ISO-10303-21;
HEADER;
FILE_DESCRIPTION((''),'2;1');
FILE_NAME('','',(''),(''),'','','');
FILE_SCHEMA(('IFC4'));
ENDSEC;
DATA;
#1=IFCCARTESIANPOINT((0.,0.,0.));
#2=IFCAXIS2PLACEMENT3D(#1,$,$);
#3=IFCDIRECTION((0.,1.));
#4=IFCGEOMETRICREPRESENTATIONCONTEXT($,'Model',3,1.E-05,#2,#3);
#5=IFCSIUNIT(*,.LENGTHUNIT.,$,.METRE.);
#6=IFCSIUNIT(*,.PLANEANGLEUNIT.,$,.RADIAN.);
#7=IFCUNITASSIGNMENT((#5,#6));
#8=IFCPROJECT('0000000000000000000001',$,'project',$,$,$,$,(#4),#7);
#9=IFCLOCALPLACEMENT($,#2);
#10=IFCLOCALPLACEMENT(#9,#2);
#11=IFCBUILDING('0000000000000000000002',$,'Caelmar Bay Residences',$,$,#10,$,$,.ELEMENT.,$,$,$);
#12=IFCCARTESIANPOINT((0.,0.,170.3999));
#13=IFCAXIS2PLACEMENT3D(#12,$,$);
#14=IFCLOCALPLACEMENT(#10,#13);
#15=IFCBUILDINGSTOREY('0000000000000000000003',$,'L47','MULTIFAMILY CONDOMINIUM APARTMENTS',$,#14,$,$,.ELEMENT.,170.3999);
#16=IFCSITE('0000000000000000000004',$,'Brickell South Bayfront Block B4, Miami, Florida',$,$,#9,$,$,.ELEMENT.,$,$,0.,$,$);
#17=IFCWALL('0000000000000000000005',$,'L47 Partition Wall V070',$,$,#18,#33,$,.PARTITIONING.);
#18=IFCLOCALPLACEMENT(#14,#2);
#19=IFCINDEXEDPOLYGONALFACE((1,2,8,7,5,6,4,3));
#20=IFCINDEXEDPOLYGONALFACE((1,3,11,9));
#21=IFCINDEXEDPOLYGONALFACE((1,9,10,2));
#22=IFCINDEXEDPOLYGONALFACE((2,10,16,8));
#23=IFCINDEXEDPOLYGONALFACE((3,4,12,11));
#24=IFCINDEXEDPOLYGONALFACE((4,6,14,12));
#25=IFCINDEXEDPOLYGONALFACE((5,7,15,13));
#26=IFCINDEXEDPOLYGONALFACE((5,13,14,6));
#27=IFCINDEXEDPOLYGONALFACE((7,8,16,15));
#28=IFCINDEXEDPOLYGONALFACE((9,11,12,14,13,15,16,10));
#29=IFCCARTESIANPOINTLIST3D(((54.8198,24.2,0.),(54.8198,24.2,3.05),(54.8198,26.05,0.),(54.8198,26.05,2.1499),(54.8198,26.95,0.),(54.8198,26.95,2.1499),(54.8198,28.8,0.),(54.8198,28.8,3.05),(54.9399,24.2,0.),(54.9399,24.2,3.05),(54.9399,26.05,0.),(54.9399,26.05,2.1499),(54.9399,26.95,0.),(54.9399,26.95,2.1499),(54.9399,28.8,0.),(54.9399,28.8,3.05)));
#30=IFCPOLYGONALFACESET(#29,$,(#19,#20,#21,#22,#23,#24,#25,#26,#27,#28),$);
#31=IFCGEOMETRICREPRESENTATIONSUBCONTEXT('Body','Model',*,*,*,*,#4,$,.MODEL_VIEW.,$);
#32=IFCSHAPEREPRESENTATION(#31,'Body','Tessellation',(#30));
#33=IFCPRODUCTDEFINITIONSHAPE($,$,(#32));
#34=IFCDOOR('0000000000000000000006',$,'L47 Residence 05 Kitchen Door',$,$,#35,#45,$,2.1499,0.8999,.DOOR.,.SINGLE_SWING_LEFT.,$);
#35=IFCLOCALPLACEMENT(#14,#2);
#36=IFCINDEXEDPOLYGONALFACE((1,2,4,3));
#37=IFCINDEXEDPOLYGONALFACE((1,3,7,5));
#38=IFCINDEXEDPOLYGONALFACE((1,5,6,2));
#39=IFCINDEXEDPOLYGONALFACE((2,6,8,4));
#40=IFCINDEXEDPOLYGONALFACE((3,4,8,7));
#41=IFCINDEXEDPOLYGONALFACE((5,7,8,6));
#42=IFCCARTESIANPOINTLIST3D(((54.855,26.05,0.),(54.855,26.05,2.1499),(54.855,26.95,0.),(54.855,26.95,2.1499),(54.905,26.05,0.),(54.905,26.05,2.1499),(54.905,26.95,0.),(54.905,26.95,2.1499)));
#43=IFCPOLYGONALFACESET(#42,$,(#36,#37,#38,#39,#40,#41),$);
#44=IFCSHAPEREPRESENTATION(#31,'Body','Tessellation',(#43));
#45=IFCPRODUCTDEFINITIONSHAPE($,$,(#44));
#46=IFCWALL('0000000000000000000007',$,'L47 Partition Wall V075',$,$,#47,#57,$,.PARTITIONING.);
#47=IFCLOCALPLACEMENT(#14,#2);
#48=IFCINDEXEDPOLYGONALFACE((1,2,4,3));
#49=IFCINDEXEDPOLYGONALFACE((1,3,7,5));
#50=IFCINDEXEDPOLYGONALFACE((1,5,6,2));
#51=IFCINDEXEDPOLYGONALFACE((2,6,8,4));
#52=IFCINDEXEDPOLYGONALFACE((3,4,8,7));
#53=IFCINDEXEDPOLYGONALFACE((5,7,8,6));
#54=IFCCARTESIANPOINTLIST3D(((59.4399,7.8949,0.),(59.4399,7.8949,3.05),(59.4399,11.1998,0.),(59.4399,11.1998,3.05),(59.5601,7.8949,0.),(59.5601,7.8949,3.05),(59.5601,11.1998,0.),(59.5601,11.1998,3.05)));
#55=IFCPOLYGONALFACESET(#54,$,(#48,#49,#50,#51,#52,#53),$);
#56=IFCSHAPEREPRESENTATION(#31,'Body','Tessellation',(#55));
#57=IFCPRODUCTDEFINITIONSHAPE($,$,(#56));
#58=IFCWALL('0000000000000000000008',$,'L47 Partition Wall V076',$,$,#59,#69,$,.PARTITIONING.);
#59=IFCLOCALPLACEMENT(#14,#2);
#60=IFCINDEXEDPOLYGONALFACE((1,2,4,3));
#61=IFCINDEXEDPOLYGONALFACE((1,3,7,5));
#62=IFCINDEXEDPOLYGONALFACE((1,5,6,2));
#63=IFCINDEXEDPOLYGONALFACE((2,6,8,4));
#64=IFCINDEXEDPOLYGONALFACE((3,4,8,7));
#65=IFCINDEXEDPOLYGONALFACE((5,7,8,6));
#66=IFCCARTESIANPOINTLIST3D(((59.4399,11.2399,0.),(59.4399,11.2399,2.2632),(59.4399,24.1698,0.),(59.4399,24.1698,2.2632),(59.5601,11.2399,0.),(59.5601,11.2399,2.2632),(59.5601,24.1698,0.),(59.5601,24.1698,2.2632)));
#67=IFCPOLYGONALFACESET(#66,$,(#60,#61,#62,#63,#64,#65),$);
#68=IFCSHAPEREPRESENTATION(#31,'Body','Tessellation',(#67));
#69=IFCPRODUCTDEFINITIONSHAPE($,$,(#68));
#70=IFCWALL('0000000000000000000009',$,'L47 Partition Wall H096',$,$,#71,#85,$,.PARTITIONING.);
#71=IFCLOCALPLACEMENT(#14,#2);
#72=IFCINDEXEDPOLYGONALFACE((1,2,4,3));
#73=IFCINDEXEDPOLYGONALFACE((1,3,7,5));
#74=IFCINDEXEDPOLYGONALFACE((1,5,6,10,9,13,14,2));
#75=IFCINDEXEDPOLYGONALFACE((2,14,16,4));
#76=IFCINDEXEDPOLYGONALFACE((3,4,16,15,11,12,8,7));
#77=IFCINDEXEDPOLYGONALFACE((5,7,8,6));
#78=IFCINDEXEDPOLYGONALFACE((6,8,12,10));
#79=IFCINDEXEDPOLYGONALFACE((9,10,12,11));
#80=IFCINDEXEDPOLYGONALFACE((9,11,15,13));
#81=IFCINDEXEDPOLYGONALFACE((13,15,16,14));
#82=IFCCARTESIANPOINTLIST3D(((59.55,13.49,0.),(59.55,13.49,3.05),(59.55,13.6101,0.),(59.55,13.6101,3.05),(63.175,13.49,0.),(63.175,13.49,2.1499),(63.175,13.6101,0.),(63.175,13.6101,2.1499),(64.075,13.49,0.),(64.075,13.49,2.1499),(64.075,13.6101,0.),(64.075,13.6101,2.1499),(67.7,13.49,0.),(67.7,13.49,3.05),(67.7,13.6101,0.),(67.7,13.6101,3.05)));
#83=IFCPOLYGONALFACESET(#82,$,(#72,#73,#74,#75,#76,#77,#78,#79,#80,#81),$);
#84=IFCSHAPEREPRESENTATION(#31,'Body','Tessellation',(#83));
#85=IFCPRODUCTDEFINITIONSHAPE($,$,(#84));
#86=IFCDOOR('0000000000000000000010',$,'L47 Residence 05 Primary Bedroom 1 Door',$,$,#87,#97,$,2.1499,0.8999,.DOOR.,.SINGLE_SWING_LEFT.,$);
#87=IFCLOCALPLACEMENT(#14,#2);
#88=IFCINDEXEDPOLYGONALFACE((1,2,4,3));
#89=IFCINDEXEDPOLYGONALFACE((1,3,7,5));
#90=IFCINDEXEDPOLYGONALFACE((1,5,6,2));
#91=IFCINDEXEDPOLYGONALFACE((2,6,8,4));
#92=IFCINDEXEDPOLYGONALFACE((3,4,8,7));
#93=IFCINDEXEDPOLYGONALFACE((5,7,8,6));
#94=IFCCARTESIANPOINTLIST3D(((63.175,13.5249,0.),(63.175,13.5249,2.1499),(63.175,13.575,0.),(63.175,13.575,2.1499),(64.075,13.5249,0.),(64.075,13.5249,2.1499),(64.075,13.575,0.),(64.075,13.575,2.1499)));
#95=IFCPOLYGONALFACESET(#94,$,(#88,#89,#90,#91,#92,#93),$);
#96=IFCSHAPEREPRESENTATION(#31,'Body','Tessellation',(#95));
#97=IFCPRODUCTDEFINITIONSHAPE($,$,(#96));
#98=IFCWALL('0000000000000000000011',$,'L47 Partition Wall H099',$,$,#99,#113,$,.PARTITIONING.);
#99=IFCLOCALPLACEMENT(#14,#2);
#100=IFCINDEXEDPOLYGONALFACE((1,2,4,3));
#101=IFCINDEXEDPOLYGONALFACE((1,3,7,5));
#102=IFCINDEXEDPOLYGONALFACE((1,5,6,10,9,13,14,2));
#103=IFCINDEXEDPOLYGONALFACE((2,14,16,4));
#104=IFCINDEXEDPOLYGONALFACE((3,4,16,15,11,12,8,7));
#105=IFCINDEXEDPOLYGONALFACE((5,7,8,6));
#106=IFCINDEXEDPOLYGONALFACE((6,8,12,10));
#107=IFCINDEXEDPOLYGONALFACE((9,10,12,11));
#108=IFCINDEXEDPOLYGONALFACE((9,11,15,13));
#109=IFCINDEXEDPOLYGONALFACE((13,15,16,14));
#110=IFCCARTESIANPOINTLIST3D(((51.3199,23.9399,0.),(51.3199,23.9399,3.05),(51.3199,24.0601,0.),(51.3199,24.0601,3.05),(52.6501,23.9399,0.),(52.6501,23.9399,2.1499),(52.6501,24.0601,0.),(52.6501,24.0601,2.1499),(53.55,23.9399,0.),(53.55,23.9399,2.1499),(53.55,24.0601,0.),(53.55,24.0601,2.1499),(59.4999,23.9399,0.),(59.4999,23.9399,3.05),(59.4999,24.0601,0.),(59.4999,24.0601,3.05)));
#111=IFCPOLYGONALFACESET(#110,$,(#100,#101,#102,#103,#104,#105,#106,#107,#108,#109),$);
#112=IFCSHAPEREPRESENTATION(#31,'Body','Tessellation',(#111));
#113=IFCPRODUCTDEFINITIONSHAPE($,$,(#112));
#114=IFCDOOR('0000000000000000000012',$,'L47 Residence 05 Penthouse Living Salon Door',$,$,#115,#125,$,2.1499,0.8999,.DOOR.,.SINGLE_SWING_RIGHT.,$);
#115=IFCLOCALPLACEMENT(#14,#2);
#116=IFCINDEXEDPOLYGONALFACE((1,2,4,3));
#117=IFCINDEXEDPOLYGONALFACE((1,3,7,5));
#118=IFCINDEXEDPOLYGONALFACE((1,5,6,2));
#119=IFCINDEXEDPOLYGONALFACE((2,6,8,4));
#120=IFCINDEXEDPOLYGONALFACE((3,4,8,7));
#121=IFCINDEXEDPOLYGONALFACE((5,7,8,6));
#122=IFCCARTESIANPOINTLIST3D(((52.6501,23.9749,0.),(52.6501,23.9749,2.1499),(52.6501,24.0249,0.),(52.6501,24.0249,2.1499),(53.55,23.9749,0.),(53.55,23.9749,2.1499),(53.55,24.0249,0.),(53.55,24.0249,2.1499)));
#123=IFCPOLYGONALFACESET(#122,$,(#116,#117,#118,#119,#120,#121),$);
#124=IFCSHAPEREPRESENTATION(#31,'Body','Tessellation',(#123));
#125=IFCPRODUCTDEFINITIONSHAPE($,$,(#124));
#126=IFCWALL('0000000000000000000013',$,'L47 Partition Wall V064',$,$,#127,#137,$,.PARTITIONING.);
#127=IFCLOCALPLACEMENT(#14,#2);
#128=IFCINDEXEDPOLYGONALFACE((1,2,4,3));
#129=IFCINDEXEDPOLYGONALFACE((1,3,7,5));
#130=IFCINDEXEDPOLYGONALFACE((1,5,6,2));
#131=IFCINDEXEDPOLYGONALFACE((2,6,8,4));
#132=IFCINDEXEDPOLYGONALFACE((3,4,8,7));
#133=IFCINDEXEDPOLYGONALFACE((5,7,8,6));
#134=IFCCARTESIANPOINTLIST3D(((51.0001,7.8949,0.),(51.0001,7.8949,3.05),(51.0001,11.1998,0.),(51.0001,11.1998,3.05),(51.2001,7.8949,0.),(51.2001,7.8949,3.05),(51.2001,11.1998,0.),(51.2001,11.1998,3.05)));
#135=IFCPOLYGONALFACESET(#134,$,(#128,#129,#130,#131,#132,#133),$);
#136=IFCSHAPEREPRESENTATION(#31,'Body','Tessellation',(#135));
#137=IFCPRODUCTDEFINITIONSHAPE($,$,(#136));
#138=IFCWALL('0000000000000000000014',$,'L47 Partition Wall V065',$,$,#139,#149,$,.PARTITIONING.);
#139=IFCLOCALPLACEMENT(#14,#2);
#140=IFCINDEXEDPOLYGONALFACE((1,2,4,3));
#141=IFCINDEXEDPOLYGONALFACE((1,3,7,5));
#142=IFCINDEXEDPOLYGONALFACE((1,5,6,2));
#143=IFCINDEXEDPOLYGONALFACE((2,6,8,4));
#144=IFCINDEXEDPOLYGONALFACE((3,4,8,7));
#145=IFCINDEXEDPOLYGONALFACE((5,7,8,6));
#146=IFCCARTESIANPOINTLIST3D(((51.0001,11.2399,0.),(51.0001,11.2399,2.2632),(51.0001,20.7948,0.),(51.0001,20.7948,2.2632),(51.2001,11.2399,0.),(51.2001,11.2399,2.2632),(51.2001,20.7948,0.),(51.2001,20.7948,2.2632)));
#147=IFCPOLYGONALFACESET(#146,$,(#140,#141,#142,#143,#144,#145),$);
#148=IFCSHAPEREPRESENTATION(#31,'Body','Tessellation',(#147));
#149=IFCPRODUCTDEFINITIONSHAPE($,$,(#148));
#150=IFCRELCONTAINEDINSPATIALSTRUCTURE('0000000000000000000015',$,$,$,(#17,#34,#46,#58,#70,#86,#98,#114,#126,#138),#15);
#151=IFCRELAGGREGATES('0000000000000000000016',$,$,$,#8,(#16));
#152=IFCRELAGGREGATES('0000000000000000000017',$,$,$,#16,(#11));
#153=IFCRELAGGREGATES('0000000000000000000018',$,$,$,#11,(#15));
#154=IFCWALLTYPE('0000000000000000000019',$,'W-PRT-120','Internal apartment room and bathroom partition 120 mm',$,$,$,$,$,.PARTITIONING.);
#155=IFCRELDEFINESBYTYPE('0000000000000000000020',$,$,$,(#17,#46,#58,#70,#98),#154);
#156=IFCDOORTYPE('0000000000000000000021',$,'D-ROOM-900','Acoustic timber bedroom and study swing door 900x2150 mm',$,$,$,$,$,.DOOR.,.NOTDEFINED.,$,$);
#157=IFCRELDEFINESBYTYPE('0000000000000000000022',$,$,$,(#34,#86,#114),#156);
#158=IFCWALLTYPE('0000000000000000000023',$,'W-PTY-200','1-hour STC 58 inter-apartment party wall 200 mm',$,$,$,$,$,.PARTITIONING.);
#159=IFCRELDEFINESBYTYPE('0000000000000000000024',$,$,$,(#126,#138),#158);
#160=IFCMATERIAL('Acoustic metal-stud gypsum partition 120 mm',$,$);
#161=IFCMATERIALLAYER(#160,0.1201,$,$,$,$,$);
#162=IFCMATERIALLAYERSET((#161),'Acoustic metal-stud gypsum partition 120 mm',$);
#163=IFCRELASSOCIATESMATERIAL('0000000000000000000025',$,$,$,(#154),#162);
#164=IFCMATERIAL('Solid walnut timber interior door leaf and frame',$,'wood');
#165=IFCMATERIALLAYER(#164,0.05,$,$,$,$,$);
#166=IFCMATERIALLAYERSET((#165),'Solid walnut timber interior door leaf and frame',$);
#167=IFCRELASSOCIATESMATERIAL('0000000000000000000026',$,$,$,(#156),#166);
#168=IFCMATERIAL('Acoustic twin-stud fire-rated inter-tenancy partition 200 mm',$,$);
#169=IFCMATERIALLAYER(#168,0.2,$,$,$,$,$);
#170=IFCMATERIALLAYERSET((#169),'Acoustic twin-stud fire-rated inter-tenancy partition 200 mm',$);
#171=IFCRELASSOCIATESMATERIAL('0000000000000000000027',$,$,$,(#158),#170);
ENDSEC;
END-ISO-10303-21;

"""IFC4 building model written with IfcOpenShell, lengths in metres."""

from ifc_helpers import new_model, si_unit, direction, frame, frame_2d, origin, place, context, subcontext, project, spatial, rectangle, extrude, material, layer, layer_set, type_object, element, fill, save


model = new_model("IFC4")

# Units and contexts
model_context = context("Model", 3, precision=1e-05, world=origin(), true_north=direction((0.0, 1.0)))
body_context = subcontext(model_context, "Body", "Model", "MODEL_VIEW")
ifc_project = project(units=[si_unit("LENGTHUNIT", "METRE"), si_unit("PLANEANGLEUNIT", "RADIAN")], contexts=[model_context])

# Site, building, storey
site_placement = place(None, origin())
site = spatial("IfcSite", under=ifc_project, at=site_placement, Name="Brickell South Bayfront Block B4, Miami, Florida", CompositionType="ELEMENT", RefElevation=0.0)
building_placement = place(site_placement, origin())
building = spatial("IfcBuilding", under=site, at=building_placement, Name="Caelmar Bay Residences", CompositionType="ELEMENT")
storey_placement = place(building_placement, frame((0.0, 0.0, 170.3999)))
storey = spatial("IfcBuildingStorey", under=building, at=storey_placement, Name="L47", Description="MULTIFAMILY CONDOMINIUM APARTMENTS", CompositionType="ELEMENT", Elevation=170.3999)

# Shared definitions
ifc_material_1 = material(Name="Acoustic metal-stud gypsum partition 120 mm")
ifc_layer_1 = layer(ifc_material_1, 0.1201)
ifc_layer_set_1 = layer_set([ifc_layer_1], Name="Acoustic metal-stud gypsum partition 120 mm")
wall_type_1 = type_object("IfcWallType", Name="W-PRT-120", Description="Internal apartment room and bathroom partition 120 mm", PredefinedType="PARTITIONING", material=ifc_layer_set_1)

# Shared definitions
ifc_material_2 = material(Name="Solid walnut timber interior door leaf and frame", Category="wood")
ifc_layer_2 = layer(ifc_material_2, 0.05)
ifc_layer_set_2 = layer_set([ifc_layer_2], Name="Solid walnut timber interior door leaf and frame")
door_type = type_object("IfcDoorType", Name="D-ROOM-900", Description="Acoustic timber bedroom and study swing door 900x2150 mm", OperationType="NOTDEFINED", PredefinedType="DOOR", material=ifc_layer_set_2)

# Wall, opening, door
wall_1_placement = place(storey_placement, frame((54.8799, 24.2, 0.0), z_axis=(0.0, 0.0, 1.0), x_axis=(0.0, 1.0, 0.0)))
wall_1 = element("IfcWall", 1, at=wall_1_placement, inside=storey, type_object=wall_type_1, Name="L47 Partition Wall V070", PredefinedType="PARTITIONING", context=body_context, shape_type="SweptSolid", body=[
    extrude(rectangle(XDim=4.6001, YDim=0.1201, at=frame_2d((2.3, 0.0))), origin(), (0.0, 0.0, 1.0), 3.05),
])
opening_1_placement = place(wall_1_placement, frame((1.8501, 0.0, 0.0)))
opening_1 = element("IfcOpeningElement", 2, at=opening_1_placement, cuts=wall_1, PredefinedType="OPENING", context=body_context, shape_type="SweptSolid", body=[
    extrude(rectangle(XDim=0.8999, YDim=2.1499, at=frame_2d((0.45, 1.075))), frame((0.0, 0.0701, 0.0), z_axis=(0.0, -1.0, 0.0), x_axis=(1.0, 0.0, 0.0)), (0.0, 0.0, 1.0), 0.1401),
])
door_1_placement = place(opening_1_placement, origin())
door_1 = element("IfcDoor", 3, at=door_1_placement, inside=storey, type_object=door_type, Name="L47 Residence 05 Kitchen Door", OperationType="SINGLE_SWING_LEFT", OverallHeight=2.1499, OverallWidth=0.8999, PredefinedType="DOOR", context=body_context, shape_type="SweptSolid", body=[
    extrude(rectangle(XDim=0.8999, YDim=2.1499, at=frame_2d((0.45, 1.075))), frame((0.0, 0.0249, 0.0), z_axis=(0.0, -1.0, 0.0), x_axis=(1.0, 0.0, 0.0)), (0.0, 0.0, 1.0), 0.05),
])
fill(opening_1, door_1)

# Walls
wall_2_placement = place(storey_placement, frame((59.5, 7.895, 0.0), z_axis=(0.0, 0.0, 1.0), x_axis=(0.0, 1.0, 0.0)))
element("IfcWall", 4, at=wall_2_placement, inside=storey, type_object=wall_type_1, Name="L47 Partition Wall V075", PredefinedType="PARTITIONING", context=body_context, shape_type="SweptSolid", body=[
    extrude(rectangle(XDim=3.3049, YDim=0.1201, at=frame_2d((1.6523, 0.0))), origin(), (0.0, 0.0, 1.0), 3.05),
])
wall_3_placement = place(storey_placement, frame((59.5, 11.24, 0.0), z_axis=(0.0, 0.0, 1.0), x_axis=(0.0, 1.0, 0.0)))
element("IfcWall", 5, at=wall_3_placement, inside=storey, type_object=wall_type_1, Name="L47 Partition Wall V076", PredefinedType="PARTITIONING", context=body_context, shape_type="SweptSolid", body=[
    extrude(rectangle(XDim=12.9299, YDim=0.1201, at=frame_2d((6.4648, 0.0))), origin(), (0.0, 0.0, 1.0), 2.2632),
])

# Walls, openings, doors
wall_4_placement = place(storey_placement, frame((59.55, 13.55, 0.0), z_axis=(0.0, 0.0, 1.0), x_axis=(1.0, 0.0, 0.0)))
wall_4 = element("IfcWall", 6, at=wall_4_placement, inside=storey, type_object=wall_type_1, Name="L47 Partition Wall H096", PredefinedType="PARTITIONING", context=body_context, shape_type="SweptSolid", body=[
    extrude(rectangle(XDim=8.1499, YDim=0.1201, at=frame_2d((4.075, 0.0))), origin(), (0.0, 0.0, 1.0), 3.05),
])
opening_2_placement = place(wall_4_placement, frame((3.625, 0.0, 0.0)))
opening_2 = element("IfcOpeningElement", 7, at=opening_2_placement, cuts=wall_4, PredefinedType="OPENING", context=body_context, shape_type="SweptSolid", body=[
    extrude(rectangle(XDim=0.8999, YDim=2.1499, at=frame_2d((0.45, 1.075))), frame((0.0, 0.0701, 0.0), z_axis=(0.0, -1.0, 0.0), x_axis=(1.0, 0.0, 0.0)), (0.0, 0.0, 1.0), 0.1401),
])
door_2_placement = place(opening_2_placement, origin())
door_2 = element("IfcDoor", 8, at=door_2_placement, inside=storey, type_object=door_type, Name="L47 Residence 05 Primary Bedroom 1 Door", OperationType="SINGLE_SWING_LEFT", OverallHeight=2.1499, OverallWidth=0.8999, PredefinedType="DOOR", context=body_context, shape_type="SweptSolid", body=[
    extrude(rectangle(XDim=0.8999, YDim=2.1499, at=frame_2d((0.45, 1.075))), frame((0.0, 0.0249, 0.0), z_axis=(0.0, -1.0, 0.0), x_axis=(1.0, 0.0, 0.0)), (0.0, 0.0, 1.0), 0.05),
])
fill(opening_2, door_2)
wall_5_placement = place(storey_placement, frame((51.3201, 24.0, 0.0), z_axis=(0.0, 0.0, 1.0), x_axis=(1.0, 0.0, 0.0)))
wall_5 = element("IfcWall", 9, at=wall_5_placement, inside=storey, type_object=wall_type_1, Name="L47 Partition Wall H099", PredefinedType="PARTITIONING", context=body_context, shape_type="SweptSolid", body=[
    extrude(rectangle(XDim=8.1799, YDim=0.1201, at=frame_2d((4.0898, 0.0))), origin(), (0.0, 0.0, 1.0), 3.05),
])
opening_3_placement = place(wall_5_placement, frame((1.3301, 0.0, 0.0)))
opening_3 = element("IfcOpeningElement", 10, at=opening_3_placement, cuts=wall_5, PredefinedType="OPENING", context=body_context, shape_type="SweptSolid", body=[
    extrude(rectangle(XDim=0.8999, YDim=2.1499, at=frame_2d((0.45, 1.075))), frame((0.0, 0.0701, 0.0), z_axis=(0.0, -1.0, 0.0), x_axis=(1.0, 0.0, 0.0)), (0.0, 0.0, 1.0), 0.1401),
])
door_3_placement = place(opening_3_placement, origin())
door_3 = element("IfcDoor", 11, at=door_3_placement, inside=storey, type_object=door_type, Name="L47 Residence 05 Penthouse Living Salon Door", OperationType="SINGLE_SWING_RIGHT", OverallHeight=2.1499, OverallWidth=0.8999, PredefinedType="DOOR", context=body_context, shape_type="SweptSolid", body=[
    extrude(rectangle(XDim=0.8999, YDim=2.1499, at=frame_2d((0.45, 1.075))), frame((0.0, 0.0249, 0.0), z_axis=(0.0, -1.0, 0.0), x_axis=(1.0, 0.0, 0.0)), (0.0, 0.0, 1.0), 0.05),
])
fill(opening_3, door_3)

# Walls
ifc_material_3 = material(Name="Acoustic twin-stud fire-rated inter-tenancy partition 200 mm")
ifc_layer_3 = layer(ifc_material_3, 0.2)
ifc_layer_set_3 = layer_set([ifc_layer_3], Name="Acoustic twin-stud fire-rated inter-tenancy partition 200 mm")
wall_type_2 = type_object("IfcWallType", Name="W-PTY-200", Description="1-hour STC 58 inter-apartment party wall 200 mm", PredefinedType="PARTITIONING", material=ifc_layer_set_3)
wall_6_placement = place(storey_placement, frame((51.1001, 7.895, 0.0), z_axis=(0.0, 0.0, 1.0), x_axis=(0.0, 1.0, 0.0)))
element("IfcWall", 12, at=wall_6_placement, inside=storey, type_object=wall_type_2, Name="L47 Partition Wall V064", PredefinedType="PARTITIONING", context=body_context, shape_type="SweptSolid", body=[
    extrude(rectangle(XDim=3.3049, YDim=0.2, at=frame_2d((1.6523, 0.0))), origin(), (0.0, 0.0, 1.0), 3.05),
])
wall_7_placement = place(storey_placement, frame((51.1001, 11.24, 0.0), z_axis=(0.0, 0.0, 1.0), x_axis=(0.0, 1.0, 0.0)))
element("IfcWall", 13, at=wall_7_placement, inside=storey, type_object=wall_type_2, Name="L47 Partition Wall V065", PredefinedType="PARTITIONING", context=body_context, shape_type="SweptSolid", body=[
    extrude(rectangle(XDim=9.5549, YDim=0.2, at=frame_2d((4.7773, 0.0))), origin(), (0.0, 0.0, 1.0), 2.2632),
])

save(model, "model.ifc")
